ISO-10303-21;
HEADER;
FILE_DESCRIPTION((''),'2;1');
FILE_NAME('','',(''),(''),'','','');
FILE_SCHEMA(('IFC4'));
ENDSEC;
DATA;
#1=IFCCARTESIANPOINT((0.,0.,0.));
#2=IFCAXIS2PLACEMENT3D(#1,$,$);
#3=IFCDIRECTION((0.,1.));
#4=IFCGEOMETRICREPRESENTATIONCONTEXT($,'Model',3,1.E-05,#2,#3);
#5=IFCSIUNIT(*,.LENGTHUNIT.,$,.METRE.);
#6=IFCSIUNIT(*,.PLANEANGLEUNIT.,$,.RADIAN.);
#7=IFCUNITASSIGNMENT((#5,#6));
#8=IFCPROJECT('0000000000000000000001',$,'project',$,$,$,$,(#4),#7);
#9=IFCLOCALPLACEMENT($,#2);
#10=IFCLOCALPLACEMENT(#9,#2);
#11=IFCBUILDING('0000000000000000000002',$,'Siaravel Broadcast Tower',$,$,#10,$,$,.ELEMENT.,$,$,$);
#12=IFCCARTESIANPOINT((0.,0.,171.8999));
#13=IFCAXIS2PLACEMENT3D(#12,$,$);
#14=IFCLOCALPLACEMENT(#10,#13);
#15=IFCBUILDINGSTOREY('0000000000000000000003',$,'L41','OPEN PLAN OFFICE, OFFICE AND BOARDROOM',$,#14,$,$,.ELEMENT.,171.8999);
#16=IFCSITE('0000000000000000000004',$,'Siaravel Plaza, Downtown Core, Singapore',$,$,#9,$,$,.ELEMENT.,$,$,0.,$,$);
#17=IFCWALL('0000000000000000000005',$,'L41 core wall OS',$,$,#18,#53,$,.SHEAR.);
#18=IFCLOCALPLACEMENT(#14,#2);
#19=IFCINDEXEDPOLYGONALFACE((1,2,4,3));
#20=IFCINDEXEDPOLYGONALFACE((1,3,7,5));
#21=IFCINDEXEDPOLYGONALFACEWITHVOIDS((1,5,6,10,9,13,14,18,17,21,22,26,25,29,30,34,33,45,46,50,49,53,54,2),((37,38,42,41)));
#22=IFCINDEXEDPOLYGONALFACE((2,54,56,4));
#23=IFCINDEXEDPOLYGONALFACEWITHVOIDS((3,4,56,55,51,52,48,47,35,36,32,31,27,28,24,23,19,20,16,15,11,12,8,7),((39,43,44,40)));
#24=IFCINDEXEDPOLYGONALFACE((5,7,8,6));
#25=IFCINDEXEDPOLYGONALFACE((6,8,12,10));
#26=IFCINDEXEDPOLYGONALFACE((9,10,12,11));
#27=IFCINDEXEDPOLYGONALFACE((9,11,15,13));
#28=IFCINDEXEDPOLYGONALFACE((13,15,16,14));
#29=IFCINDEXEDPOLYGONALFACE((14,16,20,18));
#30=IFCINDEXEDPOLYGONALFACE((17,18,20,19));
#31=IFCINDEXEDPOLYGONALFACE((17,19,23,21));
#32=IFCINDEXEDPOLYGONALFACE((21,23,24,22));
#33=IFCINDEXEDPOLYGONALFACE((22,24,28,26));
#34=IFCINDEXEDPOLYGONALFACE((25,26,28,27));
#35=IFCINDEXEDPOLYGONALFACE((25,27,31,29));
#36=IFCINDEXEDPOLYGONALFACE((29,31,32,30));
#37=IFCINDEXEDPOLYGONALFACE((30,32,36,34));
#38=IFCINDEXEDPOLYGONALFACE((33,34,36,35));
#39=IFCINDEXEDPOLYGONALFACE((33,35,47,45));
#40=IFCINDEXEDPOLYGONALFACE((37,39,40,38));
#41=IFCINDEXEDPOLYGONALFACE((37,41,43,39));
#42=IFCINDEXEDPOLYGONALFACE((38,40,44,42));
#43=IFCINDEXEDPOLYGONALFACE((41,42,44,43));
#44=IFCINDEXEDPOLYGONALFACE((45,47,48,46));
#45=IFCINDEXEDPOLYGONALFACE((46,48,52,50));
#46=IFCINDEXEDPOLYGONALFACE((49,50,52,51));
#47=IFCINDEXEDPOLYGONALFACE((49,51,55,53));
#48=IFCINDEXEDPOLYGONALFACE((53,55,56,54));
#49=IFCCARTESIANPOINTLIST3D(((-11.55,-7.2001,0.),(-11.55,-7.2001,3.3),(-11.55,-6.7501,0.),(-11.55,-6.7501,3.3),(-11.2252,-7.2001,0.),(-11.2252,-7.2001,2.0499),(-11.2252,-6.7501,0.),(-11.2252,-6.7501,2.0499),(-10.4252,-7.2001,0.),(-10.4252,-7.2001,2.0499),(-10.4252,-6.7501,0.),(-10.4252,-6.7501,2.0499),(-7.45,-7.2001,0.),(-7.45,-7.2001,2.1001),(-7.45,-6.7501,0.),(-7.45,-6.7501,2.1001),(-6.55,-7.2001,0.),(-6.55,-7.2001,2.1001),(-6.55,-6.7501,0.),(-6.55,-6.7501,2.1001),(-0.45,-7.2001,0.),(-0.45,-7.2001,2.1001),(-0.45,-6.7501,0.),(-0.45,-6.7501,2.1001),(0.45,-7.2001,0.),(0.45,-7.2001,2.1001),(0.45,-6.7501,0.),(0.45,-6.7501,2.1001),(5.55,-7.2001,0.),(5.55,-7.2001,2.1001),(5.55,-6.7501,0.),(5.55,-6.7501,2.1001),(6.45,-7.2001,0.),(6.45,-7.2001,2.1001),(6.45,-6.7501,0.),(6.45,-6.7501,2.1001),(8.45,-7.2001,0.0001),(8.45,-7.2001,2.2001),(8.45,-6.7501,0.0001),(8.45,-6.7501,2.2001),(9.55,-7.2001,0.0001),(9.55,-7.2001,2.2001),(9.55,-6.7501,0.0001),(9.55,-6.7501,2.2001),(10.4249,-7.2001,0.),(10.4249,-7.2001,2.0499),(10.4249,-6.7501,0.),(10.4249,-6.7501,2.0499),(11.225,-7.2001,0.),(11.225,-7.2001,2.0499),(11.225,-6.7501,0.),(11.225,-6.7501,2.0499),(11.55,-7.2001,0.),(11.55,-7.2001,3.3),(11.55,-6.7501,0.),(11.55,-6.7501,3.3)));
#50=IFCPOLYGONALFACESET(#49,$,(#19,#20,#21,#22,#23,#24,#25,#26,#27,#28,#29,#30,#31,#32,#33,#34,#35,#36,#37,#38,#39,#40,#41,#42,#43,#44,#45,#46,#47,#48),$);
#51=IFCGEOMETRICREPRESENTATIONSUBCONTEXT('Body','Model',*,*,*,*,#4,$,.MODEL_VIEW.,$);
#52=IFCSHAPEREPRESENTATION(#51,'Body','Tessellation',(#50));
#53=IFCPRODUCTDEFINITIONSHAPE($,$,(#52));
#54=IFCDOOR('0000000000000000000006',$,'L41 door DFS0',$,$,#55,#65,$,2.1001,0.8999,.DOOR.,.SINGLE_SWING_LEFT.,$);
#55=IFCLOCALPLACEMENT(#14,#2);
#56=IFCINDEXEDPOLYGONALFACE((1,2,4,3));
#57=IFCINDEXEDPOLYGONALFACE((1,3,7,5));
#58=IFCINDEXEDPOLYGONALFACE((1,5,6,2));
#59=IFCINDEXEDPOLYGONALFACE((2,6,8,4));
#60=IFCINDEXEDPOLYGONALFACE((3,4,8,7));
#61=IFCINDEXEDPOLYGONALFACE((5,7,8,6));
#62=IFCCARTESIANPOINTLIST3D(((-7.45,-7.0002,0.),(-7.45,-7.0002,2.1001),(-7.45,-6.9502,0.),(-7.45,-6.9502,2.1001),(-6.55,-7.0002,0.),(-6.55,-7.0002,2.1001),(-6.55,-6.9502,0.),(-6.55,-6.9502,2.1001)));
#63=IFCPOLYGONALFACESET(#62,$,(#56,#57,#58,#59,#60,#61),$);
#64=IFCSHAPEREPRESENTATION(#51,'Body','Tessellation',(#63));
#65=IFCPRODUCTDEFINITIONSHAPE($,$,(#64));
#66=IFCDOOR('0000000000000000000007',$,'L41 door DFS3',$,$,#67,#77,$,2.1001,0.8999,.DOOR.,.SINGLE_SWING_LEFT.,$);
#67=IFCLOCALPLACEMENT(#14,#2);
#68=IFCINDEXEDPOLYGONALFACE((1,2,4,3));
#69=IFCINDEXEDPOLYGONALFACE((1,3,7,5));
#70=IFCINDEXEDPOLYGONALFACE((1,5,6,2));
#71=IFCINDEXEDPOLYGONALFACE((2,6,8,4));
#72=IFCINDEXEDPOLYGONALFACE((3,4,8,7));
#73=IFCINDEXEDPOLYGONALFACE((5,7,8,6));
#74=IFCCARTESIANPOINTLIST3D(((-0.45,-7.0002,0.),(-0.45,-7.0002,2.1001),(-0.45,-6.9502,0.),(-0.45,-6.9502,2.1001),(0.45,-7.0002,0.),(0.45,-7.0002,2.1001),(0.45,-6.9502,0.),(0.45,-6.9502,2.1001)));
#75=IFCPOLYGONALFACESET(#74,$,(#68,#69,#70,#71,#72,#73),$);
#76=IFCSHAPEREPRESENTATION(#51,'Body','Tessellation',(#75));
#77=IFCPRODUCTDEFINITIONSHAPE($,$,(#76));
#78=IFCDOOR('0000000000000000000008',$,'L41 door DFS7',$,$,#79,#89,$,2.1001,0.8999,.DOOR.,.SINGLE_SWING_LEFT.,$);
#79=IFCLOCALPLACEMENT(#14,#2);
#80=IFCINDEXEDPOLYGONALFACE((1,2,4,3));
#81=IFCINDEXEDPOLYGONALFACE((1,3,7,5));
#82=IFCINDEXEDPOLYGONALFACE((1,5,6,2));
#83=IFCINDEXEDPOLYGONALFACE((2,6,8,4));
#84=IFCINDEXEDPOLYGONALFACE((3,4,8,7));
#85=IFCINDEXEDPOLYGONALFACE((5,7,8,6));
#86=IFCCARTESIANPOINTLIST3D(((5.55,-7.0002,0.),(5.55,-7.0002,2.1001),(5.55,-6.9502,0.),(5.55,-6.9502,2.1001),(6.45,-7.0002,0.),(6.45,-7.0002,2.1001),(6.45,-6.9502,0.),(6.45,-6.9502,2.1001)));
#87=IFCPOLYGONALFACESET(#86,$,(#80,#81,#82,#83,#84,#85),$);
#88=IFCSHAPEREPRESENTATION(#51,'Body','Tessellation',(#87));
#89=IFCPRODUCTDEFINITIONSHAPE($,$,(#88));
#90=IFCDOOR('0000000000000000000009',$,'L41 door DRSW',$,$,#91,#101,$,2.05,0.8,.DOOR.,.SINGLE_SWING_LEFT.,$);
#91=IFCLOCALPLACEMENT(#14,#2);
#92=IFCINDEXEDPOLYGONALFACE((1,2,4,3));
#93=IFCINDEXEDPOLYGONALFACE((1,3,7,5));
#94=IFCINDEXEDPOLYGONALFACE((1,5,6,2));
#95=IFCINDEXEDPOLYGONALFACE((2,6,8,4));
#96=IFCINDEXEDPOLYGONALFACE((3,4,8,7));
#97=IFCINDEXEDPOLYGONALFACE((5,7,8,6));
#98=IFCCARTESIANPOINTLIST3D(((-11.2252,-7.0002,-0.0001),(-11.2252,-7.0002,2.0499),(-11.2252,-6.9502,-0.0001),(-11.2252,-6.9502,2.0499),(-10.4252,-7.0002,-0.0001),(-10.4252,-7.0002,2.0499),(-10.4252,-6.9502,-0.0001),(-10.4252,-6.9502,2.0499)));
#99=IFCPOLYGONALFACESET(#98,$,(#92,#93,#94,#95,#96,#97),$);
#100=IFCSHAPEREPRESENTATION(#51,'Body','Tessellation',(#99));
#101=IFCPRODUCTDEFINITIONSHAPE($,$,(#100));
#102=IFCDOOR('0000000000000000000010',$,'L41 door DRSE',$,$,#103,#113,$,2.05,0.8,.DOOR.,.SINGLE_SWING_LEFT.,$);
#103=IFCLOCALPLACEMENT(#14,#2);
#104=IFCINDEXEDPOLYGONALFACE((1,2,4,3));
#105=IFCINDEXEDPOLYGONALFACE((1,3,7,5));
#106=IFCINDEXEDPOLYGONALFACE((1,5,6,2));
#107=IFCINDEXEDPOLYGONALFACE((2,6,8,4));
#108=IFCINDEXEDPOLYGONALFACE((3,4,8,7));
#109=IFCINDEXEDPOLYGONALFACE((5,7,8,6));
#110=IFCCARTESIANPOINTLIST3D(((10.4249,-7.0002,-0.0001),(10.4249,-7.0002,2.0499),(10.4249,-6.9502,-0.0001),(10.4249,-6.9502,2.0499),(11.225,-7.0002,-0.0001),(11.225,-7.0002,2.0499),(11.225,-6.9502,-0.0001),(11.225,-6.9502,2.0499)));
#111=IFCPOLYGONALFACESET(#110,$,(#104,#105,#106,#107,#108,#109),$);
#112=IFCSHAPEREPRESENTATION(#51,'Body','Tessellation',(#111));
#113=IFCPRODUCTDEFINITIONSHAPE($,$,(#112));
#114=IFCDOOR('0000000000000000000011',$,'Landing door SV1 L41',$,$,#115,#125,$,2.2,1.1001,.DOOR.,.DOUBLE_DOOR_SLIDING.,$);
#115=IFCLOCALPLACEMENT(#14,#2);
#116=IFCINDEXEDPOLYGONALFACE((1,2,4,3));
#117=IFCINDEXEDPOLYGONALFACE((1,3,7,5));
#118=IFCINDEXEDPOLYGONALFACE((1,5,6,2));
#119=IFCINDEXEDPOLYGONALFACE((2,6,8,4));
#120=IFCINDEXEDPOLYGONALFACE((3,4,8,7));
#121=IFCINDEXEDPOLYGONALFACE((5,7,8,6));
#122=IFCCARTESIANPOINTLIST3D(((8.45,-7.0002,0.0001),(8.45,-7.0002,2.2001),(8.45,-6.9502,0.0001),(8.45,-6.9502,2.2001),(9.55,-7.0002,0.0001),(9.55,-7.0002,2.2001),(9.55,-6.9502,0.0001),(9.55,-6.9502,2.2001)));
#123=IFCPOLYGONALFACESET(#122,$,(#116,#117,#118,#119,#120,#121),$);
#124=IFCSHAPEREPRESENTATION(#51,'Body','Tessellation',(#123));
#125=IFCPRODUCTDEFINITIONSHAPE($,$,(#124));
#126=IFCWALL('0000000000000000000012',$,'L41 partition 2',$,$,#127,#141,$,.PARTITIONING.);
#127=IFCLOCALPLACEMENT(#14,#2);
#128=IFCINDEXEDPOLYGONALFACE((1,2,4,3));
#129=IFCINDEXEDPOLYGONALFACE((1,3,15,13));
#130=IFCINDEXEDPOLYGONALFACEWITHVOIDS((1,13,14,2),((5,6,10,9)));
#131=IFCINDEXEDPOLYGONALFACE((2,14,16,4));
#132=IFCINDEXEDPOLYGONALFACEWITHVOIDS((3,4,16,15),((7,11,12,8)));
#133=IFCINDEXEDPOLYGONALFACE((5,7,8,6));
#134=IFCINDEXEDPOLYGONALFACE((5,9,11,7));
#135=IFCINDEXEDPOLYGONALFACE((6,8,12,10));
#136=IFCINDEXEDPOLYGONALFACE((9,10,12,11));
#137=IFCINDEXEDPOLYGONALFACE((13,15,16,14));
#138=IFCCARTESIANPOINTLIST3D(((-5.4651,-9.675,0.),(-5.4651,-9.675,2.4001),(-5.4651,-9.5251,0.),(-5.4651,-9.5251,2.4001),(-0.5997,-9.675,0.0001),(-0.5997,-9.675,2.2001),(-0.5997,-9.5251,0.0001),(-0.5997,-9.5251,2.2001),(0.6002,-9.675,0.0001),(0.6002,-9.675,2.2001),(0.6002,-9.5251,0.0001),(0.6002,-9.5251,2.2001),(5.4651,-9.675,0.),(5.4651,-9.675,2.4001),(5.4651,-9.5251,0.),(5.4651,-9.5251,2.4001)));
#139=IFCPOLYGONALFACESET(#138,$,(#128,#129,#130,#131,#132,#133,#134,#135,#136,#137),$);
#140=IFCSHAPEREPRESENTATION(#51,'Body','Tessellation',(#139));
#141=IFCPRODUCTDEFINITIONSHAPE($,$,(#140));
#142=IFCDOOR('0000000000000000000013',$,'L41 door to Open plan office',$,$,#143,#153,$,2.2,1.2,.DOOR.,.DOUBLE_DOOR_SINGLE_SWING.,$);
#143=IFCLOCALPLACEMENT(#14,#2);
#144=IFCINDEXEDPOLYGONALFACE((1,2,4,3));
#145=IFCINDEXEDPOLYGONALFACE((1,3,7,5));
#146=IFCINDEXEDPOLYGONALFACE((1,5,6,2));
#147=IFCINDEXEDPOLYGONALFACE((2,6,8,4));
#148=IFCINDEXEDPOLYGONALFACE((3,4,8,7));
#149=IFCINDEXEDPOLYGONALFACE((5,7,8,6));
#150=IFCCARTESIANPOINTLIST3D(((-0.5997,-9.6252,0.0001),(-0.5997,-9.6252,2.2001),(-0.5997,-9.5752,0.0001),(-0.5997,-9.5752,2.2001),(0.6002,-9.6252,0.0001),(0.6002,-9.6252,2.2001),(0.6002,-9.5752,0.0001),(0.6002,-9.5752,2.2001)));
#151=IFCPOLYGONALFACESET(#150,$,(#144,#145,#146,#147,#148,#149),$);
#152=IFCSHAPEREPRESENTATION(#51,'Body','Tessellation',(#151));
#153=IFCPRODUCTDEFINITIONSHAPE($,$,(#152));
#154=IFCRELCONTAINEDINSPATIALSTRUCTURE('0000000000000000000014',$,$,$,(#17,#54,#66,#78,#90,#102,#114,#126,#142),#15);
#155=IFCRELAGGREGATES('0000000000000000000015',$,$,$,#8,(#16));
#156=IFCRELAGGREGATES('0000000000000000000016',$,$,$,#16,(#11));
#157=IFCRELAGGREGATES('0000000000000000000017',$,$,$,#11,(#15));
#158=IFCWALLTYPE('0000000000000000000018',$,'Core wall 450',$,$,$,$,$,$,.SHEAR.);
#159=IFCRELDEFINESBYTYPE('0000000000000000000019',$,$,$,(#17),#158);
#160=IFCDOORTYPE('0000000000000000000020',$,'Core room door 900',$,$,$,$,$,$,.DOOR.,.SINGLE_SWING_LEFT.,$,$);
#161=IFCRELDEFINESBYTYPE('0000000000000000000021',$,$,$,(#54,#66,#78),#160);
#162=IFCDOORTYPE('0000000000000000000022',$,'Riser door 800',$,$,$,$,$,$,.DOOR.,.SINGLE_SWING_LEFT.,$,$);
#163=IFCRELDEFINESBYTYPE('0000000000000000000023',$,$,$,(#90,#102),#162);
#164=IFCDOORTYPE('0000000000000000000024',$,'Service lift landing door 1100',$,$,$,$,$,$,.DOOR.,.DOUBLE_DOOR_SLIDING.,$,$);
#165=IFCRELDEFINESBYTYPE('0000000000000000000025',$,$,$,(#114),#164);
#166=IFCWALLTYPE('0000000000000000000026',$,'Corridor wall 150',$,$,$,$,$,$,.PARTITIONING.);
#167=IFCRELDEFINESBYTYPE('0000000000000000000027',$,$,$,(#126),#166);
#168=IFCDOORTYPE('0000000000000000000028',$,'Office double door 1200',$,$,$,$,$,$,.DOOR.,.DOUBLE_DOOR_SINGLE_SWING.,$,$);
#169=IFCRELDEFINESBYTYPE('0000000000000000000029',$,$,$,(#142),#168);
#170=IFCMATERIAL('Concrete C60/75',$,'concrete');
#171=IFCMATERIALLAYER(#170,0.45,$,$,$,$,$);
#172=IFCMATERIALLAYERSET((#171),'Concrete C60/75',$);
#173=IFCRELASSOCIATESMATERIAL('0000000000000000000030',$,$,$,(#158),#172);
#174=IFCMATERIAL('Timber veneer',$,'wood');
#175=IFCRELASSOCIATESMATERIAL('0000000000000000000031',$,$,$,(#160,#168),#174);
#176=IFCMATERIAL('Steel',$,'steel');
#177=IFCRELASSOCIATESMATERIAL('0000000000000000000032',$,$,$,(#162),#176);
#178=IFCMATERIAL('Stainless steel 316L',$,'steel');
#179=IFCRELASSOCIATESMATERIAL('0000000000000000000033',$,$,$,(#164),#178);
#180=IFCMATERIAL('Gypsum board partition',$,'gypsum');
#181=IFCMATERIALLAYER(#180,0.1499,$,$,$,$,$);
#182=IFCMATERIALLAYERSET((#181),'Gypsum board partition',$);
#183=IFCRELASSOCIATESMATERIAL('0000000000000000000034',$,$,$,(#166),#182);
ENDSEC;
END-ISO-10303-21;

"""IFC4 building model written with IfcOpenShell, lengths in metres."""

from ifc_helpers import new_model, si_unit, direction, frame, frame_2d, origin, place, context, subcontext, project, spatial, rectangle, extrude, material, layer, layer_set, type_object, element, fill, save


model = new_model("IFC4")

# Units and contexts
model_context = context("Model", 3, precision=1e-05, world=origin(), true_north=direction((0.0, 1.0)))
body_context = subcontext(model_context, "Body", "Model", "MODEL_VIEW")
ifc_project = project(units=[si_unit("LENGTHUNIT", "METRE"), si_unit("PLANEANGLEUNIT", "RADIAN")], contexts=[model_context])

# Site, building, storey
site_placement = place(None, origin())
site = spatial("IfcSite", under=ifc_project, at=site_placement, Name="Siaravel Plaza, Downtown Core, Singapore", CompositionType="ELEMENT", RefElevation=0.0)
building_placement = place(site_placement, origin())
building = spatial("IfcBuilding", under=site, at=building_placement, Name="Siaravel Broadcast Tower", CompositionType="ELEMENT")
storey_placement = place(building_placement, frame((0.0, 0.0, 171.8999)))
storey = spatial("IfcBuildingStorey", under=building, at=storey_placement, Name="L41", Description="OPEN PLAN OFFICE, OFFICE AND BOARDROOM", CompositionType="ELEMENT", Elevation=171.8999)

# Shared definitions
ifc_material_1 = material(Name="Concrete C60/75", Category="concrete")

# Wall, openings, doors
ifc_layer_1 = layer(ifc_material_1, 0.45)
ifc_layer_set_1 = layer_set([ifc_layer_1], Name="Concrete C60/75")
wall_type_1 = type_object("IfcWallType", Name="Core wall 450", PredefinedType="SHEAR", material=ifc_layer_set_1)
wall_1_placement = place(storey_placement, frame((-11.55, -6.9751, 0.0), z_axis=(0.0, 0.0, 1.0), x_axis=(1.0, 0.0, 0.0)))
wall_1 = element("IfcWall", 1, at=wall_1_placement, inside=storey, type_object=wall_type_1, Name="L41 core wall OS", PredefinedType="SHEAR", context=body_context, shape_type="SweptSolid", body=[
    extrude(rectangle(XDim=23.1001, YDim=0.45, at=frame_2d((11.55, 0.0))), origin(), (0.0, 0.0, 1.0), 3.3),
])
opening_1_placement = place(wall_1_placement, frame((20.0, 0.0, 0.0)))
opening_1 = element("IfcOpeningElement", 2, at=opening_1_placement, cuts=wall_1, PredefinedType="OPENING", context=body_context, shape_type="SweptSolid", body=[
    extrude(rectangle(XDim=1.1001, YDim=2.2, at=frame_2d((0.55, 1.1001))), frame((0.0, 0.2349, 0.0), z_axis=(0.0, -1.0, 0.0), x_axis=(1.0, 0.0, 0.0)), (0.0, 0.0, 1.0), 0.47),
])
opening_2_placement = place(wall_1_placement, frame((4.1001, 0.0, 0.0)))
opening_2 = element("IfcOpeningElement", 3, at=opening_2_placement, cuts=wall_1, PredefinedType="OPENING", context=body_context, shape_type="SweptSolid", body=[
    extrude(rectangle(XDim=0.8999, YDim=2.1001, at=frame_2d((0.45, 1.05))), frame((0.0, 0.2349, 0.0), z_axis=(0.0, -1.0, 0.0), x_axis=(1.0, 0.0, 0.0)), (0.0, 0.0, 1.0), 0.47),
])
opening_3_placement = place(wall_1_placement, frame((11.1001, 0.0, 0.0)))
opening_3 = element("IfcOpeningElement", 4, at=opening_3_placement, cuts=wall_1, PredefinedType="OPENING", context=body_context, shape_type="SweptSolid", body=[
    extrude(rectangle(XDim=0.8999, YDim=2.1001, at=frame_2d((0.45, 1.05))), frame((0.0, 0.2349, 0.0), z_axis=(0.0, -1.0, 0.0), x_axis=(1.0, 0.0, 0.0)), (0.0, 0.0, 1.0), 0.47),
])
opening_4_placement = place(wall_1_placement, frame((17.1001, 0.0, 0.0)))
opening_4 = element("IfcOpeningElement", 5, at=opening_4_placement, cuts=wall_1, PredefinedType="OPENING", context=body_context, shape_type="SweptSolid", body=[
    extrude(rectangle(XDim=0.8999, YDim=2.1001, at=frame_2d((0.45, 1.05))), frame((0.0, 0.2349, 0.0), z_axis=(0.0, -1.0, 0.0), x_axis=(1.0, 0.0, 0.0)), (0.0, 0.0, 1.0), 0.47),
])
opening_5_placement = place(wall_1_placement, frame((0.325, 0.0, 0.0)))
opening_5 = element("IfcOpeningElement", 6, at=opening_5_placement, cuts=wall_1, PredefinedType="OPENING", context=body_context, shape_type="SweptSolid", body=[
    extrude(rectangle(XDim=0.8, YDim=2.05, at=frame_2d((0.3999, 1.0249))), frame((0.0, 0.2349, 0.0), z_axis=(0.0, -1.0, 0.0), x_axis=(1.0, 0.0, 0.0)), (0.0, 0.0, 1.0), 0.47),
])
opening_6_placement = place(wall_1_placement, frame((21.9751, 0.0, 0.0)))
opening_6 = element("IfcOpeningElement", 7, at=opening_6_placement, cuts=wall_1, PredefinedType="OPENING", context=body_context, shape_type="SweptSolid", body=[
    extrude(rectangle(XDim=0.8, YDim=2.05, at=frame_2d((0.3999, 1.0249))), frame((0.0, 0.2349, 0.0), z_axis=(0.0, -1.0, 0.0), x_axis=(1.0, 0.0, 0.0)), (0.0, 0.0, 1.0), 0.47),
])
ifc_material_2 = material(Name="Timber veneer", Category="wood")
door_type_1 = type_object("IfcDoorType", Name="Core room door 900", OperationType="SINGLE_SWING_LEFT", PredefinedType="DOOR", material=ifc_material_2)
door_1_placement = place(opening_2_placement, origin())
door_1 = element("IfcDoor", 8, at=door_1_placement, inside=storey, type_object=door_type_1, Name="L41 door DFS0", OperationType="SINGLE_SWING_LEFT", OverallHeight=2.1001, OverallWidth=0.8999, PredefinedType="DOOR", context=body_context, shape_type="SweptSolid", body=[
    extrude(rectangle(XDim=0.8999, YDim=2.1001, at=frame_2d((0.45, 1.05))), frame((0.0, 0.0249, 0.0), z_axis=(0.0, -1.0, 0.0), x_axis=(1.0, 0.0, 0.0)), (0.0, 0.0, 1.0), 0.05),
])
fill(opening_2, door_1)
door_2_placement = place(opening_3_placement, origin())
door_2 = element("IfcDoor", 9, at=door_2_placement, inside=storey, type_object=door_type_1, Name="L41 door DFS3", OperationType="SINGLE_SWING_LEFT", OverallHeight=2.1001, OverallWidth=0.8999, PredefinedType="DOOR", context=body_context, shape_type="SweptSolid", body=[
    extrude(rectangle(XDim=0.8999, YDim=2.1001, at=frame_2d((0.45, 1.05))), frame((0.0, 0.0249, 0.0), z_axis=(0.0, -1.0, 0.0), x_axis=(1.0, 0.0, 0.0)), (0.0, 0.0, 1.0), 0.05),
])
fill(opening_3, door_2)
door_3_placement = place(opening_4_placement, origin())
door_3 = element("IfcDoor", 10, at=door_3_placement, inside=storey, type_object=door_type_1, Name="L41 door DFS7", OperationType="SINGLE_SWING_LEFT", OverallHeight=2.1001, OverallWidth=0.8999, PredefinedType="DOOR", context=body_context, shape_type="SweptSolid", body=[
    extrude(rectangle(XDim=0.8999, YDim=2.1001, at=frame_2d((0.45, 1.05))), frame((0.0, 0.0249, 0.0), z_axis=(0.0, -1.0, 0.0), x_axis=(1.0, 0.0, 0.0)), (0.0, 0.0, 1.0), 0.05),
])
fill(opening_4, door_3)
ifc_material_3 = material(Name="Steel", Category="steel")
door_type_2 = type_object("IfcDoorType", Name="Riser door 800", OperationType="SINGLE_SWING_LEFT", PredefinedType="DOOR", material=ifc_material_3)
door_4_placement = place(opening_5_placement, origin())
door_4 = element("IfcDoor", 11, at=door_4_placement, inside=storey, type_object=door_type_2, Name="L41 door DRSW", OperationType="SINGLE_SWING_LEFT", OverallHeight=2.05, OverallWidth=0.8, PredefinedType="DOOR", context=body_context, shape_type="SweptSolid", body=[
    extrude(rectangle(XDim=0.8, YDim=2.05, at=frame_2d((0.3999, 1.0249))), frame((0.0, 0.0249, 0.0), z_axis=(0.0, -1.0, 0.0), x_axis=(1.0, 0.0, 0.0)), (0.0, 0.0, 1.0), 0.05),
])
fill(opening_5, door_4)
door_5_placement = place(opening_6_placement, origin())
door_5 = element("IfcDoor", 12, at=door_5_placement, inside=storey, type_object=door_type_2, Name="L41 door DRSE", OperationType="SINGLE_SWING_LEFT", OverallHeight=2.05, OverallWidth=0.8, PredefinedType="DOOR", context=body_context, shape_type="SweptSolid", body=[
    extrude(rectangle(XDim=0.8, YDim=2.05, at=frame_2d((0.3999, 1.0249))), frame((0.0, 0.0249, 0.0), z_axis=(0.0, -1.0, 0.0), x_axis=(1.0, 0.0, 0.0)), (0.0, 0.0, 1.0), 0.05),
])
fill(opening_6, door_5)
ifc_material_4 = material(Name="Stainless steel 316L", Category="steel")
door_type_3 = type_object("IfcDoorType", Name="Service lift landing door 1100", OperationType="DOUBLE_DOOR_SLIDING", PredefinedType="DOOR", material=ifc_material_4)
door_6_placement = place(opening_1_placement, origin())
door_6 = element("IfcDoor", 13, at=door_6_placement, inside=storey, type_object=door_type_3, Name="Landing door SV1 L41", OperationType="DOUBLE_DOOR_SLIDING", OverallHeight=2.2, OverallWidth=1.1001, PredefinedType="DOOR", context=body_context, shape_type="SweptSolid", body=[
    extrude(rectangle(XDim=1.1001, YDim=2.2, at=frame_2d((0.55, 1.1001))), frame((0.0, 0.0249, 0.0), z_axis=(0.0, -1.0, 0.0), x_axis=(1.0, 0.0, 0.0)), (0.0, 0.0, 1.0), 0.05),
])
fill(opening_1, door_6)

# Wall, opening, door
ifc_material_5 = material(Name="Gypsum board partition", Category="gypsum")
ifc_layer_2 = layer(ifc_material_5, 0.1499)
ifc_layer_set_2 = layer_set([ifc_layer_2], Name="Gypsum board partition")
wall_type_2 = type_object("IfcWallType", Name="Corridor wall 150", PredefinedType="PARTITIONING", material=ifc_layer_set_2)
wall_2_placement = place(storey_placement, frame((-5.4651, -9.6001, 0.0), z_axis=(0.0, 0.0, 1.0), x_axis=(1.0, 0.0, 0.0)))
wall_2 = element("IfcWall", 14, at=wall_2_placement, inside=storey, type_object=wall_type_2, Name="L41 partition 2", PredefinedType="PARTITIONING", context=body_context, shape_type="SweptSolid", body=[
    extrude(rectangle(XDim=10.9302, YDim=0.1499, at=frame_2d((5.4651, 0.0))), origin(), (0.0, 0.0, 1.0), 2.4001),
])
opening_7_placement = place(wall_2_placement, frame((4.8652, 0.0, 0.0)))
opening_7 = element("IfcOpeningElement", 15, at=opening_7_placement, cuts=wall_2, PredefinedType="OPENING", context=body_context, shape_type="SweptSolid", body=[
    extrude(rectangle(XDim=1.2, YDim=2.2, at=frame_2d((0.6001, 1.1001))), frame((0.0, 0.085, 0.0), z_axis=(0.0, -1.0, 0.0), x_axis=(1.0, 0.0, 0.0)), (0.0, 0.0, 1.0), 0.1699),
])
door_type_4 = type_object("IfcDoorType", Name="Office double door 1200", OperationType="DOUBLE_DOOR_SINGLE_SWING", PredefinedType="DOOR", material=ifc_material_2)
door_7_placement = place(opening_7_placement, origin())
door_7 = element("IfcDoor", 16, at=door_7_placement, inside=storey, type_object=door_type_4, Name="L41 door to Open plan office", OperationType="DOUBLE_DOOR_SINGLE_SWING", OverallHeight=2.2, OverallWidth=1.2, PredefinedType="DOOR", context=body_context, shape_type="SweptSolid", body=[
    extrude(rectangle(XDim=1.2, YDim=2.2, at=frame_2d((0.6001, 1.1001))), frame((0.0, 0.0249, 0.0), z_axis=(0.0, -1.0, 0.0), x_axis=(1.0, 0.0, 0.0)), (0.0, 0.0, 1.0), 0.05),
])
fill(opening_7, door_7)

save(model, "model.ifc")
